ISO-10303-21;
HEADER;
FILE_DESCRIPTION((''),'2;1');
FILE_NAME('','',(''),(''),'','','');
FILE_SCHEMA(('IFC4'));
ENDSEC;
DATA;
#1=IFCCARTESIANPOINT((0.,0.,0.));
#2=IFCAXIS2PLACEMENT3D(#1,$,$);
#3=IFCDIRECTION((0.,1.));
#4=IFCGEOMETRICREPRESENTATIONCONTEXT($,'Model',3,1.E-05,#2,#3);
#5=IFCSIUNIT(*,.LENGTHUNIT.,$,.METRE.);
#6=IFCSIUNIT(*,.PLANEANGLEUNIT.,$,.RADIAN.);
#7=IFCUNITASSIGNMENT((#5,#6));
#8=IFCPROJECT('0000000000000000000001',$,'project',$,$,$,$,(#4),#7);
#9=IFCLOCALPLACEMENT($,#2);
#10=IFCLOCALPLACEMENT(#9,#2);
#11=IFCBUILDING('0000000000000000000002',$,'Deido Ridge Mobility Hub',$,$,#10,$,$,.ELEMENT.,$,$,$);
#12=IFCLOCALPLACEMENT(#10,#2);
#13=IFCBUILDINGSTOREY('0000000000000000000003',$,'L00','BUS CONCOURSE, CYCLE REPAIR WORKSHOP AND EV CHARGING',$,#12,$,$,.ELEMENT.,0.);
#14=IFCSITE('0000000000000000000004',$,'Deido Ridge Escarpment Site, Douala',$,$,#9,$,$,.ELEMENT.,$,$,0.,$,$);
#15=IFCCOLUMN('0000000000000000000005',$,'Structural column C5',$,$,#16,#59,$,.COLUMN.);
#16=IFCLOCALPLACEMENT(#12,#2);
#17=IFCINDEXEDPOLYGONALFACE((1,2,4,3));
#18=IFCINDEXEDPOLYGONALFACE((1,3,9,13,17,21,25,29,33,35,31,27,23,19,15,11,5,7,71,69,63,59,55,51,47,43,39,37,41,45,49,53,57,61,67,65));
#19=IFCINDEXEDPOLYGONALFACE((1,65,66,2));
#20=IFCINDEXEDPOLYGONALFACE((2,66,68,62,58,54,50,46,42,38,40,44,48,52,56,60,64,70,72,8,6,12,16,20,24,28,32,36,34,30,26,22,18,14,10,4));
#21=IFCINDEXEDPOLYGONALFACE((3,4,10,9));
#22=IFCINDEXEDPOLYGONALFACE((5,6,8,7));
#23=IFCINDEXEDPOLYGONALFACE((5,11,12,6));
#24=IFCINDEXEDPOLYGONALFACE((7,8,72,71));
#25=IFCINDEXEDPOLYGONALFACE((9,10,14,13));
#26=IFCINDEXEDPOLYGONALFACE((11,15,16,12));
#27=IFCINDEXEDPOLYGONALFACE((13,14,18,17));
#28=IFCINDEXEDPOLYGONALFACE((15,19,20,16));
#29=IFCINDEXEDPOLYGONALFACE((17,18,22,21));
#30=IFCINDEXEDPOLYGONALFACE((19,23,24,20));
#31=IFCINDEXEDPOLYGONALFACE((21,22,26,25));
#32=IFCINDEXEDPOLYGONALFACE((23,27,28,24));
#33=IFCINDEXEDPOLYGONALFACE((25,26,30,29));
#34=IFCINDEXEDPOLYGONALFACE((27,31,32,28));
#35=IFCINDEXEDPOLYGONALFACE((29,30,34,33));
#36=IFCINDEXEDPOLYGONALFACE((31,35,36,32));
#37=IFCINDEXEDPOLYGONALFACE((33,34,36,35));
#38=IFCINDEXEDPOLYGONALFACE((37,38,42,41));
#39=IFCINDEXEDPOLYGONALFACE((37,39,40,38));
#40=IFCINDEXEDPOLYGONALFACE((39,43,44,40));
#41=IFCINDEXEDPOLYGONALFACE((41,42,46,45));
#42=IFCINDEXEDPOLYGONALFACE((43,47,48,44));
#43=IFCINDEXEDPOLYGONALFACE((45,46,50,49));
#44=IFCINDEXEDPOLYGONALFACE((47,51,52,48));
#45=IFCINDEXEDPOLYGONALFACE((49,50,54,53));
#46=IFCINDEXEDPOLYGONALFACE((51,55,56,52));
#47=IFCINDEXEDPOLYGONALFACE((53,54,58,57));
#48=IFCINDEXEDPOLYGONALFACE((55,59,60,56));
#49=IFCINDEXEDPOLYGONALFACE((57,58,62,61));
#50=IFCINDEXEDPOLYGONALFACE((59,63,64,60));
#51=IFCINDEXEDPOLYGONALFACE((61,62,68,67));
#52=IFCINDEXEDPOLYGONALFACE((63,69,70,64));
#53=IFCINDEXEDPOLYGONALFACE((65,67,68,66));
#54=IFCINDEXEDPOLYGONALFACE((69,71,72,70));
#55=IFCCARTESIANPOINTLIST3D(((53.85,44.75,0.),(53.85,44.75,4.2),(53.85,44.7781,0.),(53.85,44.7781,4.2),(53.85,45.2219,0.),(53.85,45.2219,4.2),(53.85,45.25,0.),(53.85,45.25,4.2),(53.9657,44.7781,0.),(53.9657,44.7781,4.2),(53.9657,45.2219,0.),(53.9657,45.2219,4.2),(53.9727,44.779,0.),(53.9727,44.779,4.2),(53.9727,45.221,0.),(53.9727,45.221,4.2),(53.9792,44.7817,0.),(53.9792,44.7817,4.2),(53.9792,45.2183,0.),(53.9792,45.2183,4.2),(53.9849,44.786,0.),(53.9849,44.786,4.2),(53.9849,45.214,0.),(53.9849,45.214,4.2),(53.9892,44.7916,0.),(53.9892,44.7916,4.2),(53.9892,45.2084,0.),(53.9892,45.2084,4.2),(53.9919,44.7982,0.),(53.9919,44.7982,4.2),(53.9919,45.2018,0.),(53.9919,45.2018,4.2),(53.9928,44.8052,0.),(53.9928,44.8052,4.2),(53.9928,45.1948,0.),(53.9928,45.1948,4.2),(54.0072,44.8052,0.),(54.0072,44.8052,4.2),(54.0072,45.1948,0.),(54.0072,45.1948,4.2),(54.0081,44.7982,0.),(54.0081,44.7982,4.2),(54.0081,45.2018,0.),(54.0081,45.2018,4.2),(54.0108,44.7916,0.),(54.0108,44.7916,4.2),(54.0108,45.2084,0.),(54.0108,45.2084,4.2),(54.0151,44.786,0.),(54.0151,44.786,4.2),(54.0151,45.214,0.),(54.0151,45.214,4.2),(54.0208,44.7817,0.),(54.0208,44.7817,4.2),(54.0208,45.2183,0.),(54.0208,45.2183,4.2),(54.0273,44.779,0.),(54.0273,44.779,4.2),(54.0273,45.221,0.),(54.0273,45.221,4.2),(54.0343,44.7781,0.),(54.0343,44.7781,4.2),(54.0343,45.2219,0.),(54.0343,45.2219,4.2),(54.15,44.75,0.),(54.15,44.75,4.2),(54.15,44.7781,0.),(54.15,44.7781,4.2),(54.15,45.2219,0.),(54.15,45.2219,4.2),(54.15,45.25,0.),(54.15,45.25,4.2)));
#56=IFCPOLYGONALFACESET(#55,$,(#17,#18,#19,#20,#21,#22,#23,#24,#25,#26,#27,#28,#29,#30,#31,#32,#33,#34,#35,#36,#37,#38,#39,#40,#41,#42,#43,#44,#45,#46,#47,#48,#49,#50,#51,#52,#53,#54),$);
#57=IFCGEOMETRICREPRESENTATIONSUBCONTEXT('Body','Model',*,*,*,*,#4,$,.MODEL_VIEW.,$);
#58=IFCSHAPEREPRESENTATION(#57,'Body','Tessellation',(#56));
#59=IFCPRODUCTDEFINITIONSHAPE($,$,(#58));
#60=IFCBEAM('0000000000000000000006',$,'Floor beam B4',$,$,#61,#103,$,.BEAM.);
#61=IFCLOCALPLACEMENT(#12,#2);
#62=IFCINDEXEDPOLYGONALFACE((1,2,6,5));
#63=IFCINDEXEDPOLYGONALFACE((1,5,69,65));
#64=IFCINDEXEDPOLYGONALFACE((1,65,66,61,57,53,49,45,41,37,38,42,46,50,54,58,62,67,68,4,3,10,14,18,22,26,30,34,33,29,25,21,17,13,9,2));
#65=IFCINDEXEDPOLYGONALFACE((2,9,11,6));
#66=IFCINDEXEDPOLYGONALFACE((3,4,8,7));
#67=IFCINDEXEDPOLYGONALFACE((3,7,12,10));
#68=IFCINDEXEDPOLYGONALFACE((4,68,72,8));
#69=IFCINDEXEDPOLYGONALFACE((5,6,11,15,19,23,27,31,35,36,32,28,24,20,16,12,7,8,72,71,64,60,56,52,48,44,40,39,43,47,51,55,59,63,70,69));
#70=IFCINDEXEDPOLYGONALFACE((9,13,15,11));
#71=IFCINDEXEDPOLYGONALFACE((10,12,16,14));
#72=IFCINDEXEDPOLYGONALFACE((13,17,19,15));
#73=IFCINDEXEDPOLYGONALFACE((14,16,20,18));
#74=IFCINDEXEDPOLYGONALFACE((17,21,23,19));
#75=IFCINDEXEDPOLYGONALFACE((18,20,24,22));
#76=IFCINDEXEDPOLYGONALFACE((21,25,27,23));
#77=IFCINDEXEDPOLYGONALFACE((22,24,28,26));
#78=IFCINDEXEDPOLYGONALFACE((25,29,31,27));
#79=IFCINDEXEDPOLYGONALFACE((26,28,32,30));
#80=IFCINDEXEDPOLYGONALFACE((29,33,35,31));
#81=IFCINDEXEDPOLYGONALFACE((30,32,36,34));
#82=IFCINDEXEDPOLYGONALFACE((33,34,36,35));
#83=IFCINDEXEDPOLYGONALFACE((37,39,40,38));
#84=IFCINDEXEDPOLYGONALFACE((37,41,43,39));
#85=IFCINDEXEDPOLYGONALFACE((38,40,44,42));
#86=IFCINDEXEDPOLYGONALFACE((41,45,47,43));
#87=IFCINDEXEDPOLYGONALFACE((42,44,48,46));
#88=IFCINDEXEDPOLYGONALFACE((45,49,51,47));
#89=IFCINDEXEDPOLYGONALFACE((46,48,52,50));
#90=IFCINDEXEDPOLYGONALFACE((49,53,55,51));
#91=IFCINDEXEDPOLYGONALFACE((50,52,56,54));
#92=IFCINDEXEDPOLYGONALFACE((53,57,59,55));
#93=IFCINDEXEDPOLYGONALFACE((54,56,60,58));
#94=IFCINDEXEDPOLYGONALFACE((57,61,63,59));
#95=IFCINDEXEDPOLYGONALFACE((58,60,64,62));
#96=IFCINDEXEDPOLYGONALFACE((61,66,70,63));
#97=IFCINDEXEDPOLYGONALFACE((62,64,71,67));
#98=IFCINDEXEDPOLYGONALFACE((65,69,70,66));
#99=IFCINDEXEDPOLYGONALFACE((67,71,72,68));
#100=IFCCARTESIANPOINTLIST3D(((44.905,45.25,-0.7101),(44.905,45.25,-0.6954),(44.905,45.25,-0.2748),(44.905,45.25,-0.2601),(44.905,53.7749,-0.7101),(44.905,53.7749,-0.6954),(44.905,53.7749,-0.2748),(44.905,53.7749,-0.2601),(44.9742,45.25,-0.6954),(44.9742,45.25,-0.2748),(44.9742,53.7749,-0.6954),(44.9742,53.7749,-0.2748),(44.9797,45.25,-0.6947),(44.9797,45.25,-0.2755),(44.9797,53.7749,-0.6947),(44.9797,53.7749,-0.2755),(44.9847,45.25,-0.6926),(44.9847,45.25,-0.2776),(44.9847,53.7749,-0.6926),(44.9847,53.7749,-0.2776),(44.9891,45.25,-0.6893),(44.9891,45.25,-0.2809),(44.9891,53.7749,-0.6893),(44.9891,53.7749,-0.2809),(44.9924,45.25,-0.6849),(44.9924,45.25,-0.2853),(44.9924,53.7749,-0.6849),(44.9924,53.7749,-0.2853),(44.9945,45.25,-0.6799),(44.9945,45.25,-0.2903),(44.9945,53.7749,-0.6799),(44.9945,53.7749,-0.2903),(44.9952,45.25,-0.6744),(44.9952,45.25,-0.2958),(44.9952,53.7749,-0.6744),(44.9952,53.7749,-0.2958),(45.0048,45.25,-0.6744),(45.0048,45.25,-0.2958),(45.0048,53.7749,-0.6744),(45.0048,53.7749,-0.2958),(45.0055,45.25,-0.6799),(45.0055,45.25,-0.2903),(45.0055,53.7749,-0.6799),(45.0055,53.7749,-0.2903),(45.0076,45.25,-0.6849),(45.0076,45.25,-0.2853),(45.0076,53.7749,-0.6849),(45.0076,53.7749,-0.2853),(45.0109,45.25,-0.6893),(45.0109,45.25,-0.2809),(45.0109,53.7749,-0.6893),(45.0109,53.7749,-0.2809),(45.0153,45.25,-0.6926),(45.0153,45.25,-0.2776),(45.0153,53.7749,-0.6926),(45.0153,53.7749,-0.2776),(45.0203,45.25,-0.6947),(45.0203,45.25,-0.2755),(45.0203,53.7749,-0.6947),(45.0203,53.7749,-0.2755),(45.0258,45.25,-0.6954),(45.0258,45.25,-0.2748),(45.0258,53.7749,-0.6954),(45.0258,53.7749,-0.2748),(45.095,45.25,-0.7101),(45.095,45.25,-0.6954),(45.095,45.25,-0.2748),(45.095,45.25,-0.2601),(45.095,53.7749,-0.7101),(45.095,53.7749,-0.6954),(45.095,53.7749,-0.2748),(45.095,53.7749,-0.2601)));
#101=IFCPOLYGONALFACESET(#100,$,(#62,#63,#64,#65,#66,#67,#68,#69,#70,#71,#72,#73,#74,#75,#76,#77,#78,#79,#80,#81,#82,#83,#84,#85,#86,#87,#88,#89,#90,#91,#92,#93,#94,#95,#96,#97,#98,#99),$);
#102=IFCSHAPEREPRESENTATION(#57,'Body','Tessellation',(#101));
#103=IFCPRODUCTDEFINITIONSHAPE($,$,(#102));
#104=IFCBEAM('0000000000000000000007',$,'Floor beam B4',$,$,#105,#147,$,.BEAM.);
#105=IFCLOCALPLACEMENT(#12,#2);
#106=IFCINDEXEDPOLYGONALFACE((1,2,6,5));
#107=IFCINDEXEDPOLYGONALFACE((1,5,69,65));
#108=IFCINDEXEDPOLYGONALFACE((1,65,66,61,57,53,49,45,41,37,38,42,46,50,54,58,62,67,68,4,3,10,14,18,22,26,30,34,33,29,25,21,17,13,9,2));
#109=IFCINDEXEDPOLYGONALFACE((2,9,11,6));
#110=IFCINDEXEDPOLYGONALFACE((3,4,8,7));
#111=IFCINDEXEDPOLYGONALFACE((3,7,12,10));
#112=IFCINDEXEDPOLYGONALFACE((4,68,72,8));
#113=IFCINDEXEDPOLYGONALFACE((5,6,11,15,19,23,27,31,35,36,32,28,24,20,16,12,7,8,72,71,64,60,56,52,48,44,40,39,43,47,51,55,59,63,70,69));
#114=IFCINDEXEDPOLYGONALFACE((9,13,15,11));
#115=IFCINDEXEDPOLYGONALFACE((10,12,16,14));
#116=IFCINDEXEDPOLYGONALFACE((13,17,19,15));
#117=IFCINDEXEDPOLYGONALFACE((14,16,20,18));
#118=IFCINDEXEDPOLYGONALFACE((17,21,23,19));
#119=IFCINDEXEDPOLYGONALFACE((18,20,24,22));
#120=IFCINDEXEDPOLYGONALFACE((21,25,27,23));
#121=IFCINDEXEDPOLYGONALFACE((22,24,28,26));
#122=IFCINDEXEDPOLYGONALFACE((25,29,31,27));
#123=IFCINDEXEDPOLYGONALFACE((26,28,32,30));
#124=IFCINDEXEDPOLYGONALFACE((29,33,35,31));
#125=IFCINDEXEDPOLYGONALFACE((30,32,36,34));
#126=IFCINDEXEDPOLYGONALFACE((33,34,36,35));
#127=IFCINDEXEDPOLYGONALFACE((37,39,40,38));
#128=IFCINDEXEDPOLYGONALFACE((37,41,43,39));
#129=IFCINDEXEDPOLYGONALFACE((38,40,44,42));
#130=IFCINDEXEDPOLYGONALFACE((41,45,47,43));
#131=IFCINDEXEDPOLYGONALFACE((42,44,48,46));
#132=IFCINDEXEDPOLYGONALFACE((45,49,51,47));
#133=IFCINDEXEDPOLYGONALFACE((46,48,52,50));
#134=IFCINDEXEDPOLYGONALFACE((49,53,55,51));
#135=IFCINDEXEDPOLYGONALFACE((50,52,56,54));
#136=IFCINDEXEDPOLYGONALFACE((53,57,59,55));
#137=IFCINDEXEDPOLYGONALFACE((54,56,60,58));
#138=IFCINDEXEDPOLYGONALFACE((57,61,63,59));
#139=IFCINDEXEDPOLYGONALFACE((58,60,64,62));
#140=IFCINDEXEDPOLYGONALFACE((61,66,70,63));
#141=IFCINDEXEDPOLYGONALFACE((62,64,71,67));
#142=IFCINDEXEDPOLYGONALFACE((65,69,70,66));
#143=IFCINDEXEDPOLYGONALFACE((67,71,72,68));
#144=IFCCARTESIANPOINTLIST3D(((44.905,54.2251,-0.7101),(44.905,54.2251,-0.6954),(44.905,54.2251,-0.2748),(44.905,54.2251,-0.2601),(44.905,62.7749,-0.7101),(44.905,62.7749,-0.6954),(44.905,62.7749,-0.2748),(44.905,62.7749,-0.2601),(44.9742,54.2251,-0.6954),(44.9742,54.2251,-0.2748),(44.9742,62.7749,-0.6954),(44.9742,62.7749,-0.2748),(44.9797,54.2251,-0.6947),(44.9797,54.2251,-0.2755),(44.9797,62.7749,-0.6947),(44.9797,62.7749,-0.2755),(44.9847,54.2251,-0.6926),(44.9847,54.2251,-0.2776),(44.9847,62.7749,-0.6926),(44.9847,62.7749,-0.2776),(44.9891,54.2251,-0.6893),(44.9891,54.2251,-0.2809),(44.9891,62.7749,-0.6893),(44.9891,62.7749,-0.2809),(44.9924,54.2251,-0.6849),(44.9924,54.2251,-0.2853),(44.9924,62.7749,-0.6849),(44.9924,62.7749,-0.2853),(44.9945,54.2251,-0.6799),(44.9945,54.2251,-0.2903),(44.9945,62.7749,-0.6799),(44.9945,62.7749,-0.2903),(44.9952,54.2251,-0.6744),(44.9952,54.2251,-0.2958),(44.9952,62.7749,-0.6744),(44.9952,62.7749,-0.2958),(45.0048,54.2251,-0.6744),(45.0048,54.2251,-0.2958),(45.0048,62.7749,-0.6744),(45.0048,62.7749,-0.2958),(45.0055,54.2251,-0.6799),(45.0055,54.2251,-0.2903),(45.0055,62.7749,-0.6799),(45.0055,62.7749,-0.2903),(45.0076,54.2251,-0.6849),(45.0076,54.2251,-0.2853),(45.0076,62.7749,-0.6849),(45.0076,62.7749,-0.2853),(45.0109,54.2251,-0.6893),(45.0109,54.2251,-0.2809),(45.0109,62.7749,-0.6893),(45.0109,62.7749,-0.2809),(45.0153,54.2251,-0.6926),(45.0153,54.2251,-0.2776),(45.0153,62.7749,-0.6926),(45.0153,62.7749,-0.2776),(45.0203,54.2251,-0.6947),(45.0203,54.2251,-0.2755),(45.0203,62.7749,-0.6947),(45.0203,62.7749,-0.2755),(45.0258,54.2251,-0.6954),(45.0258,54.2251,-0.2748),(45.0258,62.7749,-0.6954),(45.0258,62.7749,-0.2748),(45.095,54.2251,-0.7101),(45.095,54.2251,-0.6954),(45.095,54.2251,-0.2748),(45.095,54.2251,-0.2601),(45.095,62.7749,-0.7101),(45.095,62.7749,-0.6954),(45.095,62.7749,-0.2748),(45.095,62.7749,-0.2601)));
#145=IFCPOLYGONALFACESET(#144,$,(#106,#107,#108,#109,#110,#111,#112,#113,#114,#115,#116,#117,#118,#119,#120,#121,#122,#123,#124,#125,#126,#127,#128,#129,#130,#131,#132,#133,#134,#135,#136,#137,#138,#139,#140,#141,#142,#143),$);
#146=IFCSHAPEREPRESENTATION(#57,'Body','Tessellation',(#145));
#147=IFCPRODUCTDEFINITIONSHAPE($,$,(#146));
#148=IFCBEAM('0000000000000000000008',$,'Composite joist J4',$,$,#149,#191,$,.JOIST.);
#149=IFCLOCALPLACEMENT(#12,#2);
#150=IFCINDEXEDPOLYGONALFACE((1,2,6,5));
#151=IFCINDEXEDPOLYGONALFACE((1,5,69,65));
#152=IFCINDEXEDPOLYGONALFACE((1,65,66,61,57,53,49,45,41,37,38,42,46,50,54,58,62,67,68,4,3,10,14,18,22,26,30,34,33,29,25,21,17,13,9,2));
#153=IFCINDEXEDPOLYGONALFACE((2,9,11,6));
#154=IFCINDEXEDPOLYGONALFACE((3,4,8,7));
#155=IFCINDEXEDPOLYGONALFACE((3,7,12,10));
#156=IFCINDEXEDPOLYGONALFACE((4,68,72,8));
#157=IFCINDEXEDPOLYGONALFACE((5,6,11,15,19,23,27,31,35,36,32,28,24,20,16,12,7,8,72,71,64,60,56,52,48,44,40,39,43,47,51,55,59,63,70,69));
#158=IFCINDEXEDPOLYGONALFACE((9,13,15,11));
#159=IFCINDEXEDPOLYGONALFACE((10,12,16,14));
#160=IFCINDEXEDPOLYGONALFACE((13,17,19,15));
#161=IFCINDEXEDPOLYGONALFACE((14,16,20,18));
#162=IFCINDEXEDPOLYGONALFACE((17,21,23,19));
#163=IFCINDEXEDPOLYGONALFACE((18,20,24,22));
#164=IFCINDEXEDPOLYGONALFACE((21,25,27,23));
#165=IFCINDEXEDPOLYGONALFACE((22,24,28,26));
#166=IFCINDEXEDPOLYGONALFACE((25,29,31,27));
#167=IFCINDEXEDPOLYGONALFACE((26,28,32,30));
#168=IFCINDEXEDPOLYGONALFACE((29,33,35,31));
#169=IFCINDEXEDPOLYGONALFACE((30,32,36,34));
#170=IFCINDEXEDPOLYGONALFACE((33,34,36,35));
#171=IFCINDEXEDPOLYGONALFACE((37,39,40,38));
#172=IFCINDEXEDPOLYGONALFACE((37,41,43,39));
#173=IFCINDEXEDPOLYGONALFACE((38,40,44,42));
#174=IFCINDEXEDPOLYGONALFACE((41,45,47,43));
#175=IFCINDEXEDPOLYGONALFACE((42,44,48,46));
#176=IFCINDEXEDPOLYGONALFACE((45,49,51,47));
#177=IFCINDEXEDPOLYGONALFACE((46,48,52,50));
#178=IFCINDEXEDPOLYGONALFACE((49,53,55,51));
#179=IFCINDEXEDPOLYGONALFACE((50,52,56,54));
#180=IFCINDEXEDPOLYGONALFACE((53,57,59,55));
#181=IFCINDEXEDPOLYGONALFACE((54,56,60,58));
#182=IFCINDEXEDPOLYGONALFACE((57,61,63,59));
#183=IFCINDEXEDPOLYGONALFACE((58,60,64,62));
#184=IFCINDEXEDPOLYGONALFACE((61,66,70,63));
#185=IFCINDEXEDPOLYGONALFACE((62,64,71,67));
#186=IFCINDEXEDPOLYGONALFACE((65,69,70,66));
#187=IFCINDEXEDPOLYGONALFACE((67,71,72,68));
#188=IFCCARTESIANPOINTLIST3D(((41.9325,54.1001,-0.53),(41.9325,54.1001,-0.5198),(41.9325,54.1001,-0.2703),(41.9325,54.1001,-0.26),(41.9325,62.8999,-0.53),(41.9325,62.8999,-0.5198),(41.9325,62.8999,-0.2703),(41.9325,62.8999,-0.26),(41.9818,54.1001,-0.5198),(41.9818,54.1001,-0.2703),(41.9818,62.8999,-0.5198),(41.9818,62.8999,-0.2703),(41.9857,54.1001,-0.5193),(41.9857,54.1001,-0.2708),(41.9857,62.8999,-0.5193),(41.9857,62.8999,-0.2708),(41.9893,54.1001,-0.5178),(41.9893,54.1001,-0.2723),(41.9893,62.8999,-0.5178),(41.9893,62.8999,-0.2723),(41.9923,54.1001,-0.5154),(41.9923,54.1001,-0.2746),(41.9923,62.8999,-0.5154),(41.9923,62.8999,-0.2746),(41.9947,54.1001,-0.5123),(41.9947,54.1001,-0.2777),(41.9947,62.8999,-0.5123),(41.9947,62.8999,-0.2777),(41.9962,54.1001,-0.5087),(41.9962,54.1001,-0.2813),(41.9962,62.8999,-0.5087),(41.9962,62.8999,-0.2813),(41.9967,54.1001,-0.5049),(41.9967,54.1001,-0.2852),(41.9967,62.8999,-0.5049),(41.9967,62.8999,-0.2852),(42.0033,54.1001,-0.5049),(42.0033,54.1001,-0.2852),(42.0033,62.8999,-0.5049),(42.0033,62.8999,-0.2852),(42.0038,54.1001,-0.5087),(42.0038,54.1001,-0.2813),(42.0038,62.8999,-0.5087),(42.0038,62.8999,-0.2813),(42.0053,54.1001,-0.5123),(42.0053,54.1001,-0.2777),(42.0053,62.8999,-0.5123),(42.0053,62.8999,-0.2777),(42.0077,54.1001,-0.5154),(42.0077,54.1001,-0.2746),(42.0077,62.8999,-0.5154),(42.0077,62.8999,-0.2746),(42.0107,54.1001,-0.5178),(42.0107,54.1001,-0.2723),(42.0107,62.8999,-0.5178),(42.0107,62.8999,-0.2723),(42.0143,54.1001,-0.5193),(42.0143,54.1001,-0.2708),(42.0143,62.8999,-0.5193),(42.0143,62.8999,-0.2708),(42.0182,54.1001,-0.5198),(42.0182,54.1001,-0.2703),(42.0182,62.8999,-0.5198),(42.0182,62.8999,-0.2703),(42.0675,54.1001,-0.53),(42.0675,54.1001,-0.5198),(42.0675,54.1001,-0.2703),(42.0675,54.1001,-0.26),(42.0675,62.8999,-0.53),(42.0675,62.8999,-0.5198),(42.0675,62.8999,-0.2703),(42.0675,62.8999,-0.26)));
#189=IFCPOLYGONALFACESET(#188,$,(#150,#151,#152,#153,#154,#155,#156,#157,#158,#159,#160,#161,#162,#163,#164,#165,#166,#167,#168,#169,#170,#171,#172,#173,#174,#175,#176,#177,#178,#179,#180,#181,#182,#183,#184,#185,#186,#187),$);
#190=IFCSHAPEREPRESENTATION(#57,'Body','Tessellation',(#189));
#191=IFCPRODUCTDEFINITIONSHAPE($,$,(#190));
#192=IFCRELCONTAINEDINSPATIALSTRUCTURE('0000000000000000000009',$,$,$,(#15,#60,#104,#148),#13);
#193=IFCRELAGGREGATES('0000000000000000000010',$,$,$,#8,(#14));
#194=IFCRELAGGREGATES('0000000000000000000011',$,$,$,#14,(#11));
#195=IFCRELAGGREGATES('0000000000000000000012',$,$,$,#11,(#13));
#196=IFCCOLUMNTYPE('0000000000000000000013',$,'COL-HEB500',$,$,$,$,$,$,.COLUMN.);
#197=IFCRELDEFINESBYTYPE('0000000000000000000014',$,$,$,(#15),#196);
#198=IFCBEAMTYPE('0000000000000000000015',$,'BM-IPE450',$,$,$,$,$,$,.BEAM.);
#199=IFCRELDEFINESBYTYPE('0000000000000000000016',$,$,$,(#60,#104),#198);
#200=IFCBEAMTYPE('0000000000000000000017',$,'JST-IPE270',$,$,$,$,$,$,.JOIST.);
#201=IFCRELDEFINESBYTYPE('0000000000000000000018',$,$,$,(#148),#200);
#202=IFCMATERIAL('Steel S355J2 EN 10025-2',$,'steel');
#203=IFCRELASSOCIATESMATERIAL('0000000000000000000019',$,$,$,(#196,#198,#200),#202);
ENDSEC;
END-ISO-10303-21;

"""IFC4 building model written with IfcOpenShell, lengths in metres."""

from ifc_helpers import new_model, si_unit, direction, frame, origin, origin_2d, place, context, subcontext, project, spatial, i_section, extrude, material, material_profile, profile_set, type_object, element, save


model = new_model("IFC4")

# Units and contexts
model_context = context("Model", 3, precision=1e-05, world=origin(), true_north=direction((0.0, 1.0)))
body_context = subcontext(model_context, "Body", "Model", "MODEL_VIEW")
ifc_project = project(units=[si_unit("LENGTHUNIT", "METRE"), si_unit("PLANEANGLEUNIT", "RADIAN")], contexts=[model_context])

# Site, building, storey
site_placement = place(None, origin())
site = spatial("IfcSite", under=ifc_project, at=site_placement, Name="Deido Ridge Escarpment Site, Douala", CompositionType="ELEMENT", RefElevation=0.0)
building_placement = place(site_placement, origin())
building = spatial("IfcBuilding", under=site, at=building_placement, Name="Deido Ridge Mobility Hub", CompositionType="ELEMENT")
storey_placement = place(building_placement, origin())
storey = spatial("IfcBuildingStorey", under=building, at=storey_placement, Name="L00", Description="BUS CONCOURSE, CYCLE REPAIR WORKSHOP AND EV CHARGING", CompositionType="ELEMENT", Elevation=0.0)

# Column
ifc_material_1 = material(Name="Steel S355J2 EN 10025-2", Category="steel")
ifc_material_profile_1 = material_profile(ifc_material_1, i_section(OverallWidth=0.3, OverallDepth=0.5, WebThickness=0.0144, FlangeThickness=0.0281, FilletRadius=0.0271, at=origin_2d()), Name="HEB 500")
ifc_profile_set_1 = profile_set([ifc_material_profile_1], Name="Steel S355J2 EN 10025-2")
column_type_1 = type_object("IfcColumnType", Name="COL-HEB500", PredefinedType="COLUMN", material=ifc_profile_set_1)
for number, where, z_axis, x_axis, name in (
    (1, (54.0, 45.0, 0.0), (0.0, 0.0, 1.0), (1.0, 0.0, 0.0), "Structural column C5"),
):
    element("IfcColumn", number, at=place(storey_placement, frame(where, z_axis=z_axis, x_axis=x_axis)), inside=storey, type_object=column_type_1, Name=name, PredefinedType="COLUMN", context=body_context, shape_type="SweptSolid", body=[
        extrude(i_section(OverallWidth=0.3, OverallDepth=0.5, WebThickness=0.0144, FlangeThickness=0.0281, FilletRadius=0.0271, at=origin_2d()), origin(), (0.0, 0.0, 1.0), 4.2),
    ])

# Beams
ifc_material_profile_2 = material_profile(ifc_material_1, i_section(OverallWidth=0.1899, OverallDepth=0.45, WebThickness=0.0095, FlangeThickness=0.0146, FilletRadius=0.021, at=origin_2d()), Name="IPE 450")
ifc_profile_set_2 = profile_set([ifc_material_profile_2], Name="Steel S355J2 EN 10025-2")
beam_type_1 = type_object("IfcBeamType", Name="BM-IPE450", PredefinedType="BEAM", material=ifc_profile_set_2)
beam_1_placement = place(storey_placement, frame((45.0, 45.25, -0.4851), z_axis=(0.0, 1.0, 0.0), x_axis=(-1.0, 0.0, 0.0)))
element("IfcBeam", 2, at=beam_1_placement, inside=storey, type_object=beam_type_1, Name="Floor beam B4", PredefinedType="BEAM", context=body_context, shape_type="SweptSolid", body=[
    extrude(i_section(OverallWidth=0.1899, OverallDepth=0.45, WebThickness=0.0095, FlangeThickness=0.0146, FilletRadius=0.021, at=origin_2d()), origin(), (0.0, 0.0, 1.0), 8.5249),
])
beam_2_placement = place(storey_placement, frame((45.0, 54.2251, -0.4851), z_axis=(0.0, 1.0, 0.0), x_axis=(-1.0, 0.0, 0.0)))
element("IfcBeam", 3, at=beam_2_placement, inside=storey, type_object=beam_type_1, Name="Floor beam B4", PredefinedType="BEAM", context=body_context, shape_type="SweptSolid", body=[
    extrude(i_section(OverallWidth=0.1899, OverallDepth=0.45, WebThickness=0.0095, FlangeThickness=0.0146, FilletRadius=0.021, at=origin_2d()), origin(), (0.0, 0.0, 1.0), 8.5498),
])
ifc_material_profile_3 = material_profile(ifc_material_1, i_section(OverallWidth=0.135, OverallDepth=0.27, WebThickness=0.0066, FlangeThickness=0.0103, FilletRadius=0.0149, at=origin_2d()), Name="IPE 270")
ifc_profile_set_3 = profile_set([ifc_material_profile_3], Name="Steel S355J2 EN 10025-2")
beam_type_2 = type_object("IfcBeamType", Name="JST-IPE270", PredefinedType="JOIST", material=ifc_profile_set_3)
beam_3_placement = place(storey_placement, frame((42.0, 54.1001, -0.395), z_axis=(0.0, 1.0, 0.0), x_axis=(-1.0, 0.0, 0.0)))
element("IfcBeam", 4, at=beam_3_placement, inside=storey, type_object=beam_type_2, Name="Composite joist J4", PredefinedType="JOIST", context=body_context, shape_type="SweptSolid", body=[
    extrude(i_section(OverallWidth=0.135, OverallDepth=0.27, WebThickness=0.0066, FlangeThickness=0.0103, FilletRadius=0.0149, at=origin_2d()), origin(), (0.0, 0.0, 1.0), 8.7998),
])

save(model, "model.ifc")
